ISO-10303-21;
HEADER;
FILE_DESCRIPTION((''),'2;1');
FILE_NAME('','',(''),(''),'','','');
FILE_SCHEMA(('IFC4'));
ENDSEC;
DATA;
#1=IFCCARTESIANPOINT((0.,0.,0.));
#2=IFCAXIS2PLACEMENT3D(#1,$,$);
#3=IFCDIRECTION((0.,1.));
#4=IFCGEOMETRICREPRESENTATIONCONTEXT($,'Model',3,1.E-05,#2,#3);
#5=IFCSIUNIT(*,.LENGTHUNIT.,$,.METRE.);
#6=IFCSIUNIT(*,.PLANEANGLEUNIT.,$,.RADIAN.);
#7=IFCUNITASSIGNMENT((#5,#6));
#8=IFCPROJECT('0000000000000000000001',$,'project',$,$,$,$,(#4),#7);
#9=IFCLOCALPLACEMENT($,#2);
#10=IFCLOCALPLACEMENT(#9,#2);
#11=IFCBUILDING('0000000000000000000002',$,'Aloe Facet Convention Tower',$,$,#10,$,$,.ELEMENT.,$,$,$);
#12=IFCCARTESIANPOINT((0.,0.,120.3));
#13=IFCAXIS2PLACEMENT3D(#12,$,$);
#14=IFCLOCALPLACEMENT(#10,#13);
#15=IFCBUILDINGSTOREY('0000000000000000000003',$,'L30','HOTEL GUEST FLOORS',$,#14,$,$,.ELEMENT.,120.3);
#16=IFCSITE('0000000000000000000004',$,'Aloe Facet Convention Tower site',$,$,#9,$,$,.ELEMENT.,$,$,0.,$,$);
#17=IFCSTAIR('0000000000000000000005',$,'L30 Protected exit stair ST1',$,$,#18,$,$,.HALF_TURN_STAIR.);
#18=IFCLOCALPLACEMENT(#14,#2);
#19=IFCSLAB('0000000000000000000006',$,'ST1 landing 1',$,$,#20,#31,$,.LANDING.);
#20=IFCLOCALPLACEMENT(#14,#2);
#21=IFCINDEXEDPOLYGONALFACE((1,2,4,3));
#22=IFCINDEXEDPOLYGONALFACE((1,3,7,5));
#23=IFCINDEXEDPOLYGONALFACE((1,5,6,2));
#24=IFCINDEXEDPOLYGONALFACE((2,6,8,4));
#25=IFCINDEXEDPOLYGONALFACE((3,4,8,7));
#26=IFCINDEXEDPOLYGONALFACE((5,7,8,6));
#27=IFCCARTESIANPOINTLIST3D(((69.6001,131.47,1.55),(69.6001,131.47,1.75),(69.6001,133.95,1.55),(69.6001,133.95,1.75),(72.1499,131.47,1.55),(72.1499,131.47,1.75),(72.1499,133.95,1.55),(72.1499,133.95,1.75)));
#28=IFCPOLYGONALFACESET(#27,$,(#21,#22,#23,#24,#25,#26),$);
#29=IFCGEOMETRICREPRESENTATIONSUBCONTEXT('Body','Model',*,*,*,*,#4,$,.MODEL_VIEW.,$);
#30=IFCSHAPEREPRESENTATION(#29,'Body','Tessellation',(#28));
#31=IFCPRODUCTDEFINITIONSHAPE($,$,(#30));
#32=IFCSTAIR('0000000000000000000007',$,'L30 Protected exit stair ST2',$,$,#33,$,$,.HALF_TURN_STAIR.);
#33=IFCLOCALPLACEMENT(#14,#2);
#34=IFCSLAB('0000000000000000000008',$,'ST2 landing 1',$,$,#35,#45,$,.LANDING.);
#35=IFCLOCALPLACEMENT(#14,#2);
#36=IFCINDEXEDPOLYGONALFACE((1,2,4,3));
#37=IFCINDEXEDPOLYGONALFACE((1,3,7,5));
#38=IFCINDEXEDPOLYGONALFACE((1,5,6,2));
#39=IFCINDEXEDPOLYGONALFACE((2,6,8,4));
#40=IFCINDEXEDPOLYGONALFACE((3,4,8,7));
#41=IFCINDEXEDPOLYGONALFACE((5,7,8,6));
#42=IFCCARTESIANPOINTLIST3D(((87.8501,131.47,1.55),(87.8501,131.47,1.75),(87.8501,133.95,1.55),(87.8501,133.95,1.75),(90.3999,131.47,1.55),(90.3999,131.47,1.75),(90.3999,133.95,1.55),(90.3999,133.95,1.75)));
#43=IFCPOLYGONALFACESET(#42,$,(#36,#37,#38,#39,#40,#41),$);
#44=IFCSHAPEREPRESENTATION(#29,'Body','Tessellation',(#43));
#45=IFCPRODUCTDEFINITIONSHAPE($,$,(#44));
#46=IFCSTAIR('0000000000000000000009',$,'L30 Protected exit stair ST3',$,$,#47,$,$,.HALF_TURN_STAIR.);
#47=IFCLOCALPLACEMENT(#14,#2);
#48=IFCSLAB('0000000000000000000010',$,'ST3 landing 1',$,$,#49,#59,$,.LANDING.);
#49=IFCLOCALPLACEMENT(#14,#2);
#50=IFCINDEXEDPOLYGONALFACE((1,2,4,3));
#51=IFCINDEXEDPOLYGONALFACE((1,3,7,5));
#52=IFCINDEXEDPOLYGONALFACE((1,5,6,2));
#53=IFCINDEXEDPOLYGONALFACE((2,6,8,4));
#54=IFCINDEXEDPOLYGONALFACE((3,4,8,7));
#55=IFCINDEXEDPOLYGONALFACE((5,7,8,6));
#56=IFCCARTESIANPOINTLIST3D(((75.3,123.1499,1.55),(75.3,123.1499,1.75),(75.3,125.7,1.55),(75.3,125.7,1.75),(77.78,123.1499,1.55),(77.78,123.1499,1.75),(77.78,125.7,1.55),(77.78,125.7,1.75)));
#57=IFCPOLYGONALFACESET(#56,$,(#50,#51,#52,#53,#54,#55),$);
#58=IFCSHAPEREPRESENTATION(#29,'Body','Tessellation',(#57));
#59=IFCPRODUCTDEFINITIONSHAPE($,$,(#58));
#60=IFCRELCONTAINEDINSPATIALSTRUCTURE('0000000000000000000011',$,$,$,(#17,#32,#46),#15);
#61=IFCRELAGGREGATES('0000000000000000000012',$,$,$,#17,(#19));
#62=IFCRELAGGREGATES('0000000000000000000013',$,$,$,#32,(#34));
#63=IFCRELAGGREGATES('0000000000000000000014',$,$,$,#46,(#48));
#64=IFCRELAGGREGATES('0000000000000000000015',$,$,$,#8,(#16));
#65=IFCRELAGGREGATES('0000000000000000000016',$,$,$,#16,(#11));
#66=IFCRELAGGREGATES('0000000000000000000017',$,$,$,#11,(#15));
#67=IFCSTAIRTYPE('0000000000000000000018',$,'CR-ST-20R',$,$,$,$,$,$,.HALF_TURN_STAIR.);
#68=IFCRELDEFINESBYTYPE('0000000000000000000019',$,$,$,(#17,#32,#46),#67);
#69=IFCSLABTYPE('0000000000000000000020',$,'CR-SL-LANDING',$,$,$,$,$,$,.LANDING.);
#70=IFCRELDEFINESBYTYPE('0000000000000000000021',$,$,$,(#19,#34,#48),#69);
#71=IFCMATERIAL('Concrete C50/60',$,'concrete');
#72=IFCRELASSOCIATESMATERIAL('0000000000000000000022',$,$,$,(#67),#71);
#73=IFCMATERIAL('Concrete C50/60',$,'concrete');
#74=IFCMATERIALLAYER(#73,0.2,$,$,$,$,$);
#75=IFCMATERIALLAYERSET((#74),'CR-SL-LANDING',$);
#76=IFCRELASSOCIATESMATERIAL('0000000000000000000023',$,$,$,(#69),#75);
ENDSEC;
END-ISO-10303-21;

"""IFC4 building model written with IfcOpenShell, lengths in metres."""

from ifc_helpers import new_model, si_unit, direction, frame, origin, place, context, subcontext, project, spatial, polyline, outline, extrude, material, layer, layer_set, type_object, element, aggregate, save


model = new_model("IFC4")

# Units and contexts
model_context = context("Model", 3, precision=1e-05, world=origin(), true_north=direction((0.0, 1.0)))
body_context = subcontext(model_context, "Body", "Model", "MODEL_VIEW")
ifc_project = project(units=[si_unit("LENGTHUNIT", "METRE"), si_unit("PLANEANGLEUNIT", "RADIAN")], contexts=[model_context])

# Site, building, storey
site_placement = place(None, origin())
site = spatial("IfcSite", under=ifc_project, at=site_placement, Name="Aloe Facet Convention Tower site", CompositionType="ELEMENT", RefElevation=0.0)
building_placement = place(site_placement, origin())
building = spatial("IfcBuilding", under=site, at=building_placement, Name="Aloe Facet Convention Tower", CompositionType="ELEMENT")
storey_placement = place(building_placement, frame((0.0, 0.0, 120.3)))
storey = spatial("IfcBuildingStorey", under=building, at=storey_placement, Name="L30", Description="HOTEL GUEST FLOORS", CompositionType="ELEMENT", Elevation=120.3)

# Stairs, slabs
ifc_material_1 = material(Name="Concrete C50/60", Category="concrete")
stair_type = type_object("IfcStairType", Name="CR-ST-20R", PredefinedType="HALF_TURN_STAIR", material=ifc_material_1)
stair_1_placement = place(storey_placement, origin())
stair_1 = element("IfcStair", 1, at=stair_1_placement, inside=storey, type_object=stair_type, Name="L30 Protected exit stair ST1", PredefinedType="HALF_TURN_STAIR")
ifc_material_2 = material(Name="Concrete C50/60", Category="concrete")
ifc_layer_1 = layer(ifc_material_2, 0.2)
ifc_layer_set_1 = layer_set([ifc_layer_1], Name="CR-SL-LANDING")
slab_type_1 = type_object("IfcSlabType", Name="CR-SL-LANDING", PredefinedType="LANDING", material=ifc_layer_set_1)
slab_1_placement = place(storey_placement, frame((0.0, 0.0, 1.55)))
slab_1 = element("IfcSlab", 2, at=slab_1_placement, type_object=slab_type_1, Name="ST1 landing 1", PredefinedType="LANDING", context=body_context, shape_type="SweptSolid", body=[
    extrude(outline(polyline([(72.1499, 131.47), (72.1499, 133.95), (69.6001, 133.95), (69.6001, 131.47), (72.1499, 131.47)])), origin(), (0.0, 0.0, 1.0), 0.2),
])
aggregate(stair_1, [slab_1])
stair_2_placement = place(storey_placement, origin())
stair_2 = element("IfcStair", 3, at=stair_2_placement, inside=storey, type_object=stair_type, Name="L30 Protected exit stair ST2", PredefinedType="HALF_TURN_STAIR")
slab_2_placement = place(storey_placement, frame((0.0, 0.0, 1.55)))
slab_2 = element("IfcSlab", 4, at=slab_2_placement, type_object=slab_type_1, Name="ST2 landing 1", PredefinedType="LANDING", context=body_context, shape_type="SweptSolid", body=[
    extrude(outline(polyline([(90.3999, 131.47), (90.3999, 133.95), (87.8501, 133.95), (87.8501, 131.47), (90.3999, 131.47)])), origin(), (0.0, 0.0, 1.0), 0.2),
])
aggregate(stair_2, [slab_2])
stair_3_placement = place(storey_placement, origin())
stair_3 = element("IfcStair", 5, at=stair_3_placement, inside=storey, type_object=stair_type, Name="L30 Protected exit stair ST3", PredefinedType="HALF_TURN_STAIR")
slab_3_placement = place(storey_placement, frame((0.0, 0.0, 1.55)))
slab_3 = element("IfcSlab", 6, at=slab_3_placement, type_object=slab_type_1, Name="ST3 landing 1", PredefinedType="LANDING", context=body_context, shape_type="SweptSolid", body=[
    extrude(outline(polyline([(77.78, 125.7), (75.3, 125.7), (75.3, 123.1499), (77.78, 123.1499), (77.78, 125.7)])), origin(), (0.0, 0.0, 1.0), 0.2),
])
aggregate(stair_3, [slab_3])

save(model, "model.ifc")
